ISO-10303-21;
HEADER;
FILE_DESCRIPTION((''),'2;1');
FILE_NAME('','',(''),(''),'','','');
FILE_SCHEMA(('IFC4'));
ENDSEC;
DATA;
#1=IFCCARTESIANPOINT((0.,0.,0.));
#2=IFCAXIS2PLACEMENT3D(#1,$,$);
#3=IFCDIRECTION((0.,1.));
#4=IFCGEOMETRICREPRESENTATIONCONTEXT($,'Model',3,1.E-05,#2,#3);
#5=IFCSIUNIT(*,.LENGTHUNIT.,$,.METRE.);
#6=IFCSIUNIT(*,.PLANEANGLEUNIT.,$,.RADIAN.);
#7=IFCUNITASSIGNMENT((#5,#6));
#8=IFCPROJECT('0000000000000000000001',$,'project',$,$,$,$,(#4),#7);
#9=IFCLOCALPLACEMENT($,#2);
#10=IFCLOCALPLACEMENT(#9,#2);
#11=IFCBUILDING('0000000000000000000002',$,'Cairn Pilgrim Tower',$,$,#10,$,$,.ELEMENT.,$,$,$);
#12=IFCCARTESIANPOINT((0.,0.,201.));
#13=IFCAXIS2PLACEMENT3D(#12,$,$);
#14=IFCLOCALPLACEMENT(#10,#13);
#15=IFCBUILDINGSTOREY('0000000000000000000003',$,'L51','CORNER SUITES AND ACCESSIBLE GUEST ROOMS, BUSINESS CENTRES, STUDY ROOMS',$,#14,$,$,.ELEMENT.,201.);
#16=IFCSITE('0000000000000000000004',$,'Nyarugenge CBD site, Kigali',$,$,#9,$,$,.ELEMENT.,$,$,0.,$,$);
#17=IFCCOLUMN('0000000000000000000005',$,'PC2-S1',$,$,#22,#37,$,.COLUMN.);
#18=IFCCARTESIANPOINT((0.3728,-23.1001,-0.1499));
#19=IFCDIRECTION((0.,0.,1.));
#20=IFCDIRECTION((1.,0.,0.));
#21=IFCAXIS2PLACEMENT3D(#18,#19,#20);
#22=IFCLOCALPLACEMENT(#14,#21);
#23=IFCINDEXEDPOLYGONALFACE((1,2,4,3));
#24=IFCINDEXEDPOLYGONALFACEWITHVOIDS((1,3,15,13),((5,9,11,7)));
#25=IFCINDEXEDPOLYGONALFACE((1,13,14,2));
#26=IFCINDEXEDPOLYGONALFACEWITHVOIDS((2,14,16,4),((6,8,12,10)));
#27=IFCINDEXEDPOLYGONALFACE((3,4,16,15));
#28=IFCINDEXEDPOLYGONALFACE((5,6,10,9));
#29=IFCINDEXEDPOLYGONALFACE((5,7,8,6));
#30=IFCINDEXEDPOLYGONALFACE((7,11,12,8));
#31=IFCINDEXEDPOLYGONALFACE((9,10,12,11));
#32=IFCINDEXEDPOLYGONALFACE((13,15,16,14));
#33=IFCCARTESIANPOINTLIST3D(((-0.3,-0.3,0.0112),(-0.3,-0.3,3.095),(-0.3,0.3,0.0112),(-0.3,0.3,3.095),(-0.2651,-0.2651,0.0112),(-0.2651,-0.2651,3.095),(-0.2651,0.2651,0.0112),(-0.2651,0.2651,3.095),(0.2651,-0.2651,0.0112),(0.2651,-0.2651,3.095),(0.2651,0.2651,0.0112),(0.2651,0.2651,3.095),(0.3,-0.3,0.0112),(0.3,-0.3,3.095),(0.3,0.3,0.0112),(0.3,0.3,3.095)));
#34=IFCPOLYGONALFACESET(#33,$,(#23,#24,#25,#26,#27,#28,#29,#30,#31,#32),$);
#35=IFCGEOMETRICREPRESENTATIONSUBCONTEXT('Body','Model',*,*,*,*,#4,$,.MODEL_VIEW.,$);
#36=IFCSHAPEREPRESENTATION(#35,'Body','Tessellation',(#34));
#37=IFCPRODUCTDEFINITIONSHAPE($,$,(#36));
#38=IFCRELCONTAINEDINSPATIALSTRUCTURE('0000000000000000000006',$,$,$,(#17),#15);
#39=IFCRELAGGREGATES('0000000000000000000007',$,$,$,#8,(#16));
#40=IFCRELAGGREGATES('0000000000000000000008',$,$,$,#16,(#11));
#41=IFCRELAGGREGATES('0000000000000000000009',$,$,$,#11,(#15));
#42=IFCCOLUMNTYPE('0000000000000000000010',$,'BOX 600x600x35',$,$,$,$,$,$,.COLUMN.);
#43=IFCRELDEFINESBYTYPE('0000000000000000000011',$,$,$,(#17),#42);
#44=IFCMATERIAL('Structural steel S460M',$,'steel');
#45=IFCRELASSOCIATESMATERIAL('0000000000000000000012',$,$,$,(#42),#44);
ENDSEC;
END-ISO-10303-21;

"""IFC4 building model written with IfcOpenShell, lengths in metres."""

from ifc_helpers import new_model, si_unit, direction, frame, origin, origin_2d, place, context, subcontext, project, spatial, hollow_rectangle, extrude, clip, halfspace, material, material_profile, profile_set, type_object, element, save


model = new_model("IFC4")

# Units and contexts
model_context = context("Model", 3, precision=1e-05, world=origin(), true_north=direction((0.0, 1.0)))
body_context = subcontext(model_context, "Body", "Model", "MODEL_VIEW")
ifc_project = project(units=[si_unit("LENGTHUNIT", "METRE"), si_unit("PLANEANGLEUNIT", "RADIAN")], contexts=[model_context])

# Site, building, storey
site_placement = place(None, origin())
site = spatial("IfcSite", under=ifc_project, at=site_placement, Name="Nyarugenge CBD site, Kigali", CompositionType="ELEMENT", RefElevation=0.0)
building_placement = place(site_placement, origin())
building = spatial("IfcBuilding", under=site, at=building_placement, Name="Cairn Pilgrim Tower", CompositionType="ELEMENT")
storey_placement = place(building_placement, frame((0.0, 0.0, 201.0)))
storey = spatial("IfcBuildingStorey", under=building, at=storey_placement, Name="L51", Description="CORNER SUITES AND ACCESSIBLE GUEST ROOMS, BUSINESS CENTRES, STUDY ROOMS", CompositionType="ELEMENT", Elevation=201.0)

# Column
ifc_material_1 = material(Name="Structural steel S460M", Category="steel")
ifc_material_profile_1 = material_profile(ifc_material_1, hollow_rectangle(XDim=0.6001, YDim=0.6001, WallThickness=0.0349, at=origin_2d()), Name="BOX 600x600x35")
ifc_profile_set_1 = profile_set([ifc_material_profile_1], Name="Structural steel S460M")
column_type = type_object("IfcColumnType", Name="BOX 600x600x35", PredefinedType="COLUMN", material=ifc_profile_set_1)
column_placement = place(storey_placement, frame((0.3728, -23.1001, -0.1499), z_axis=(0.0, 0.0, 1.0), x_axis=(1.0, 0.0, 0.0)))
element("IfcColumn", 1, at=column_placement, inside=storey, type_object=column_type, Name="PC2-S1", PredefinedType="COLUMN", context=body_context, shape_type="Clipping", body=[
    clip(clip(extrude(hollow_rectangle(XDim=0.6001, YDim=0.6001, WallThickness=0.0349, at=origin_2d()), origin(), (0.0, 0.0, 1.0), 3.5), halfspace(frame((0.0, 0.0, 0.0112), z_axis=(0.0, 0.0, 1.0), x_axis=(1.0, 0.0, 0.0)), True)), halfspace(frame((0.0, 0.0, 3.095), z_axis=(0.0, 0.0, 1.0), x_axis=(1.0, 0.0, 0.0)), False)),
])

save(model, "model.ifc")
